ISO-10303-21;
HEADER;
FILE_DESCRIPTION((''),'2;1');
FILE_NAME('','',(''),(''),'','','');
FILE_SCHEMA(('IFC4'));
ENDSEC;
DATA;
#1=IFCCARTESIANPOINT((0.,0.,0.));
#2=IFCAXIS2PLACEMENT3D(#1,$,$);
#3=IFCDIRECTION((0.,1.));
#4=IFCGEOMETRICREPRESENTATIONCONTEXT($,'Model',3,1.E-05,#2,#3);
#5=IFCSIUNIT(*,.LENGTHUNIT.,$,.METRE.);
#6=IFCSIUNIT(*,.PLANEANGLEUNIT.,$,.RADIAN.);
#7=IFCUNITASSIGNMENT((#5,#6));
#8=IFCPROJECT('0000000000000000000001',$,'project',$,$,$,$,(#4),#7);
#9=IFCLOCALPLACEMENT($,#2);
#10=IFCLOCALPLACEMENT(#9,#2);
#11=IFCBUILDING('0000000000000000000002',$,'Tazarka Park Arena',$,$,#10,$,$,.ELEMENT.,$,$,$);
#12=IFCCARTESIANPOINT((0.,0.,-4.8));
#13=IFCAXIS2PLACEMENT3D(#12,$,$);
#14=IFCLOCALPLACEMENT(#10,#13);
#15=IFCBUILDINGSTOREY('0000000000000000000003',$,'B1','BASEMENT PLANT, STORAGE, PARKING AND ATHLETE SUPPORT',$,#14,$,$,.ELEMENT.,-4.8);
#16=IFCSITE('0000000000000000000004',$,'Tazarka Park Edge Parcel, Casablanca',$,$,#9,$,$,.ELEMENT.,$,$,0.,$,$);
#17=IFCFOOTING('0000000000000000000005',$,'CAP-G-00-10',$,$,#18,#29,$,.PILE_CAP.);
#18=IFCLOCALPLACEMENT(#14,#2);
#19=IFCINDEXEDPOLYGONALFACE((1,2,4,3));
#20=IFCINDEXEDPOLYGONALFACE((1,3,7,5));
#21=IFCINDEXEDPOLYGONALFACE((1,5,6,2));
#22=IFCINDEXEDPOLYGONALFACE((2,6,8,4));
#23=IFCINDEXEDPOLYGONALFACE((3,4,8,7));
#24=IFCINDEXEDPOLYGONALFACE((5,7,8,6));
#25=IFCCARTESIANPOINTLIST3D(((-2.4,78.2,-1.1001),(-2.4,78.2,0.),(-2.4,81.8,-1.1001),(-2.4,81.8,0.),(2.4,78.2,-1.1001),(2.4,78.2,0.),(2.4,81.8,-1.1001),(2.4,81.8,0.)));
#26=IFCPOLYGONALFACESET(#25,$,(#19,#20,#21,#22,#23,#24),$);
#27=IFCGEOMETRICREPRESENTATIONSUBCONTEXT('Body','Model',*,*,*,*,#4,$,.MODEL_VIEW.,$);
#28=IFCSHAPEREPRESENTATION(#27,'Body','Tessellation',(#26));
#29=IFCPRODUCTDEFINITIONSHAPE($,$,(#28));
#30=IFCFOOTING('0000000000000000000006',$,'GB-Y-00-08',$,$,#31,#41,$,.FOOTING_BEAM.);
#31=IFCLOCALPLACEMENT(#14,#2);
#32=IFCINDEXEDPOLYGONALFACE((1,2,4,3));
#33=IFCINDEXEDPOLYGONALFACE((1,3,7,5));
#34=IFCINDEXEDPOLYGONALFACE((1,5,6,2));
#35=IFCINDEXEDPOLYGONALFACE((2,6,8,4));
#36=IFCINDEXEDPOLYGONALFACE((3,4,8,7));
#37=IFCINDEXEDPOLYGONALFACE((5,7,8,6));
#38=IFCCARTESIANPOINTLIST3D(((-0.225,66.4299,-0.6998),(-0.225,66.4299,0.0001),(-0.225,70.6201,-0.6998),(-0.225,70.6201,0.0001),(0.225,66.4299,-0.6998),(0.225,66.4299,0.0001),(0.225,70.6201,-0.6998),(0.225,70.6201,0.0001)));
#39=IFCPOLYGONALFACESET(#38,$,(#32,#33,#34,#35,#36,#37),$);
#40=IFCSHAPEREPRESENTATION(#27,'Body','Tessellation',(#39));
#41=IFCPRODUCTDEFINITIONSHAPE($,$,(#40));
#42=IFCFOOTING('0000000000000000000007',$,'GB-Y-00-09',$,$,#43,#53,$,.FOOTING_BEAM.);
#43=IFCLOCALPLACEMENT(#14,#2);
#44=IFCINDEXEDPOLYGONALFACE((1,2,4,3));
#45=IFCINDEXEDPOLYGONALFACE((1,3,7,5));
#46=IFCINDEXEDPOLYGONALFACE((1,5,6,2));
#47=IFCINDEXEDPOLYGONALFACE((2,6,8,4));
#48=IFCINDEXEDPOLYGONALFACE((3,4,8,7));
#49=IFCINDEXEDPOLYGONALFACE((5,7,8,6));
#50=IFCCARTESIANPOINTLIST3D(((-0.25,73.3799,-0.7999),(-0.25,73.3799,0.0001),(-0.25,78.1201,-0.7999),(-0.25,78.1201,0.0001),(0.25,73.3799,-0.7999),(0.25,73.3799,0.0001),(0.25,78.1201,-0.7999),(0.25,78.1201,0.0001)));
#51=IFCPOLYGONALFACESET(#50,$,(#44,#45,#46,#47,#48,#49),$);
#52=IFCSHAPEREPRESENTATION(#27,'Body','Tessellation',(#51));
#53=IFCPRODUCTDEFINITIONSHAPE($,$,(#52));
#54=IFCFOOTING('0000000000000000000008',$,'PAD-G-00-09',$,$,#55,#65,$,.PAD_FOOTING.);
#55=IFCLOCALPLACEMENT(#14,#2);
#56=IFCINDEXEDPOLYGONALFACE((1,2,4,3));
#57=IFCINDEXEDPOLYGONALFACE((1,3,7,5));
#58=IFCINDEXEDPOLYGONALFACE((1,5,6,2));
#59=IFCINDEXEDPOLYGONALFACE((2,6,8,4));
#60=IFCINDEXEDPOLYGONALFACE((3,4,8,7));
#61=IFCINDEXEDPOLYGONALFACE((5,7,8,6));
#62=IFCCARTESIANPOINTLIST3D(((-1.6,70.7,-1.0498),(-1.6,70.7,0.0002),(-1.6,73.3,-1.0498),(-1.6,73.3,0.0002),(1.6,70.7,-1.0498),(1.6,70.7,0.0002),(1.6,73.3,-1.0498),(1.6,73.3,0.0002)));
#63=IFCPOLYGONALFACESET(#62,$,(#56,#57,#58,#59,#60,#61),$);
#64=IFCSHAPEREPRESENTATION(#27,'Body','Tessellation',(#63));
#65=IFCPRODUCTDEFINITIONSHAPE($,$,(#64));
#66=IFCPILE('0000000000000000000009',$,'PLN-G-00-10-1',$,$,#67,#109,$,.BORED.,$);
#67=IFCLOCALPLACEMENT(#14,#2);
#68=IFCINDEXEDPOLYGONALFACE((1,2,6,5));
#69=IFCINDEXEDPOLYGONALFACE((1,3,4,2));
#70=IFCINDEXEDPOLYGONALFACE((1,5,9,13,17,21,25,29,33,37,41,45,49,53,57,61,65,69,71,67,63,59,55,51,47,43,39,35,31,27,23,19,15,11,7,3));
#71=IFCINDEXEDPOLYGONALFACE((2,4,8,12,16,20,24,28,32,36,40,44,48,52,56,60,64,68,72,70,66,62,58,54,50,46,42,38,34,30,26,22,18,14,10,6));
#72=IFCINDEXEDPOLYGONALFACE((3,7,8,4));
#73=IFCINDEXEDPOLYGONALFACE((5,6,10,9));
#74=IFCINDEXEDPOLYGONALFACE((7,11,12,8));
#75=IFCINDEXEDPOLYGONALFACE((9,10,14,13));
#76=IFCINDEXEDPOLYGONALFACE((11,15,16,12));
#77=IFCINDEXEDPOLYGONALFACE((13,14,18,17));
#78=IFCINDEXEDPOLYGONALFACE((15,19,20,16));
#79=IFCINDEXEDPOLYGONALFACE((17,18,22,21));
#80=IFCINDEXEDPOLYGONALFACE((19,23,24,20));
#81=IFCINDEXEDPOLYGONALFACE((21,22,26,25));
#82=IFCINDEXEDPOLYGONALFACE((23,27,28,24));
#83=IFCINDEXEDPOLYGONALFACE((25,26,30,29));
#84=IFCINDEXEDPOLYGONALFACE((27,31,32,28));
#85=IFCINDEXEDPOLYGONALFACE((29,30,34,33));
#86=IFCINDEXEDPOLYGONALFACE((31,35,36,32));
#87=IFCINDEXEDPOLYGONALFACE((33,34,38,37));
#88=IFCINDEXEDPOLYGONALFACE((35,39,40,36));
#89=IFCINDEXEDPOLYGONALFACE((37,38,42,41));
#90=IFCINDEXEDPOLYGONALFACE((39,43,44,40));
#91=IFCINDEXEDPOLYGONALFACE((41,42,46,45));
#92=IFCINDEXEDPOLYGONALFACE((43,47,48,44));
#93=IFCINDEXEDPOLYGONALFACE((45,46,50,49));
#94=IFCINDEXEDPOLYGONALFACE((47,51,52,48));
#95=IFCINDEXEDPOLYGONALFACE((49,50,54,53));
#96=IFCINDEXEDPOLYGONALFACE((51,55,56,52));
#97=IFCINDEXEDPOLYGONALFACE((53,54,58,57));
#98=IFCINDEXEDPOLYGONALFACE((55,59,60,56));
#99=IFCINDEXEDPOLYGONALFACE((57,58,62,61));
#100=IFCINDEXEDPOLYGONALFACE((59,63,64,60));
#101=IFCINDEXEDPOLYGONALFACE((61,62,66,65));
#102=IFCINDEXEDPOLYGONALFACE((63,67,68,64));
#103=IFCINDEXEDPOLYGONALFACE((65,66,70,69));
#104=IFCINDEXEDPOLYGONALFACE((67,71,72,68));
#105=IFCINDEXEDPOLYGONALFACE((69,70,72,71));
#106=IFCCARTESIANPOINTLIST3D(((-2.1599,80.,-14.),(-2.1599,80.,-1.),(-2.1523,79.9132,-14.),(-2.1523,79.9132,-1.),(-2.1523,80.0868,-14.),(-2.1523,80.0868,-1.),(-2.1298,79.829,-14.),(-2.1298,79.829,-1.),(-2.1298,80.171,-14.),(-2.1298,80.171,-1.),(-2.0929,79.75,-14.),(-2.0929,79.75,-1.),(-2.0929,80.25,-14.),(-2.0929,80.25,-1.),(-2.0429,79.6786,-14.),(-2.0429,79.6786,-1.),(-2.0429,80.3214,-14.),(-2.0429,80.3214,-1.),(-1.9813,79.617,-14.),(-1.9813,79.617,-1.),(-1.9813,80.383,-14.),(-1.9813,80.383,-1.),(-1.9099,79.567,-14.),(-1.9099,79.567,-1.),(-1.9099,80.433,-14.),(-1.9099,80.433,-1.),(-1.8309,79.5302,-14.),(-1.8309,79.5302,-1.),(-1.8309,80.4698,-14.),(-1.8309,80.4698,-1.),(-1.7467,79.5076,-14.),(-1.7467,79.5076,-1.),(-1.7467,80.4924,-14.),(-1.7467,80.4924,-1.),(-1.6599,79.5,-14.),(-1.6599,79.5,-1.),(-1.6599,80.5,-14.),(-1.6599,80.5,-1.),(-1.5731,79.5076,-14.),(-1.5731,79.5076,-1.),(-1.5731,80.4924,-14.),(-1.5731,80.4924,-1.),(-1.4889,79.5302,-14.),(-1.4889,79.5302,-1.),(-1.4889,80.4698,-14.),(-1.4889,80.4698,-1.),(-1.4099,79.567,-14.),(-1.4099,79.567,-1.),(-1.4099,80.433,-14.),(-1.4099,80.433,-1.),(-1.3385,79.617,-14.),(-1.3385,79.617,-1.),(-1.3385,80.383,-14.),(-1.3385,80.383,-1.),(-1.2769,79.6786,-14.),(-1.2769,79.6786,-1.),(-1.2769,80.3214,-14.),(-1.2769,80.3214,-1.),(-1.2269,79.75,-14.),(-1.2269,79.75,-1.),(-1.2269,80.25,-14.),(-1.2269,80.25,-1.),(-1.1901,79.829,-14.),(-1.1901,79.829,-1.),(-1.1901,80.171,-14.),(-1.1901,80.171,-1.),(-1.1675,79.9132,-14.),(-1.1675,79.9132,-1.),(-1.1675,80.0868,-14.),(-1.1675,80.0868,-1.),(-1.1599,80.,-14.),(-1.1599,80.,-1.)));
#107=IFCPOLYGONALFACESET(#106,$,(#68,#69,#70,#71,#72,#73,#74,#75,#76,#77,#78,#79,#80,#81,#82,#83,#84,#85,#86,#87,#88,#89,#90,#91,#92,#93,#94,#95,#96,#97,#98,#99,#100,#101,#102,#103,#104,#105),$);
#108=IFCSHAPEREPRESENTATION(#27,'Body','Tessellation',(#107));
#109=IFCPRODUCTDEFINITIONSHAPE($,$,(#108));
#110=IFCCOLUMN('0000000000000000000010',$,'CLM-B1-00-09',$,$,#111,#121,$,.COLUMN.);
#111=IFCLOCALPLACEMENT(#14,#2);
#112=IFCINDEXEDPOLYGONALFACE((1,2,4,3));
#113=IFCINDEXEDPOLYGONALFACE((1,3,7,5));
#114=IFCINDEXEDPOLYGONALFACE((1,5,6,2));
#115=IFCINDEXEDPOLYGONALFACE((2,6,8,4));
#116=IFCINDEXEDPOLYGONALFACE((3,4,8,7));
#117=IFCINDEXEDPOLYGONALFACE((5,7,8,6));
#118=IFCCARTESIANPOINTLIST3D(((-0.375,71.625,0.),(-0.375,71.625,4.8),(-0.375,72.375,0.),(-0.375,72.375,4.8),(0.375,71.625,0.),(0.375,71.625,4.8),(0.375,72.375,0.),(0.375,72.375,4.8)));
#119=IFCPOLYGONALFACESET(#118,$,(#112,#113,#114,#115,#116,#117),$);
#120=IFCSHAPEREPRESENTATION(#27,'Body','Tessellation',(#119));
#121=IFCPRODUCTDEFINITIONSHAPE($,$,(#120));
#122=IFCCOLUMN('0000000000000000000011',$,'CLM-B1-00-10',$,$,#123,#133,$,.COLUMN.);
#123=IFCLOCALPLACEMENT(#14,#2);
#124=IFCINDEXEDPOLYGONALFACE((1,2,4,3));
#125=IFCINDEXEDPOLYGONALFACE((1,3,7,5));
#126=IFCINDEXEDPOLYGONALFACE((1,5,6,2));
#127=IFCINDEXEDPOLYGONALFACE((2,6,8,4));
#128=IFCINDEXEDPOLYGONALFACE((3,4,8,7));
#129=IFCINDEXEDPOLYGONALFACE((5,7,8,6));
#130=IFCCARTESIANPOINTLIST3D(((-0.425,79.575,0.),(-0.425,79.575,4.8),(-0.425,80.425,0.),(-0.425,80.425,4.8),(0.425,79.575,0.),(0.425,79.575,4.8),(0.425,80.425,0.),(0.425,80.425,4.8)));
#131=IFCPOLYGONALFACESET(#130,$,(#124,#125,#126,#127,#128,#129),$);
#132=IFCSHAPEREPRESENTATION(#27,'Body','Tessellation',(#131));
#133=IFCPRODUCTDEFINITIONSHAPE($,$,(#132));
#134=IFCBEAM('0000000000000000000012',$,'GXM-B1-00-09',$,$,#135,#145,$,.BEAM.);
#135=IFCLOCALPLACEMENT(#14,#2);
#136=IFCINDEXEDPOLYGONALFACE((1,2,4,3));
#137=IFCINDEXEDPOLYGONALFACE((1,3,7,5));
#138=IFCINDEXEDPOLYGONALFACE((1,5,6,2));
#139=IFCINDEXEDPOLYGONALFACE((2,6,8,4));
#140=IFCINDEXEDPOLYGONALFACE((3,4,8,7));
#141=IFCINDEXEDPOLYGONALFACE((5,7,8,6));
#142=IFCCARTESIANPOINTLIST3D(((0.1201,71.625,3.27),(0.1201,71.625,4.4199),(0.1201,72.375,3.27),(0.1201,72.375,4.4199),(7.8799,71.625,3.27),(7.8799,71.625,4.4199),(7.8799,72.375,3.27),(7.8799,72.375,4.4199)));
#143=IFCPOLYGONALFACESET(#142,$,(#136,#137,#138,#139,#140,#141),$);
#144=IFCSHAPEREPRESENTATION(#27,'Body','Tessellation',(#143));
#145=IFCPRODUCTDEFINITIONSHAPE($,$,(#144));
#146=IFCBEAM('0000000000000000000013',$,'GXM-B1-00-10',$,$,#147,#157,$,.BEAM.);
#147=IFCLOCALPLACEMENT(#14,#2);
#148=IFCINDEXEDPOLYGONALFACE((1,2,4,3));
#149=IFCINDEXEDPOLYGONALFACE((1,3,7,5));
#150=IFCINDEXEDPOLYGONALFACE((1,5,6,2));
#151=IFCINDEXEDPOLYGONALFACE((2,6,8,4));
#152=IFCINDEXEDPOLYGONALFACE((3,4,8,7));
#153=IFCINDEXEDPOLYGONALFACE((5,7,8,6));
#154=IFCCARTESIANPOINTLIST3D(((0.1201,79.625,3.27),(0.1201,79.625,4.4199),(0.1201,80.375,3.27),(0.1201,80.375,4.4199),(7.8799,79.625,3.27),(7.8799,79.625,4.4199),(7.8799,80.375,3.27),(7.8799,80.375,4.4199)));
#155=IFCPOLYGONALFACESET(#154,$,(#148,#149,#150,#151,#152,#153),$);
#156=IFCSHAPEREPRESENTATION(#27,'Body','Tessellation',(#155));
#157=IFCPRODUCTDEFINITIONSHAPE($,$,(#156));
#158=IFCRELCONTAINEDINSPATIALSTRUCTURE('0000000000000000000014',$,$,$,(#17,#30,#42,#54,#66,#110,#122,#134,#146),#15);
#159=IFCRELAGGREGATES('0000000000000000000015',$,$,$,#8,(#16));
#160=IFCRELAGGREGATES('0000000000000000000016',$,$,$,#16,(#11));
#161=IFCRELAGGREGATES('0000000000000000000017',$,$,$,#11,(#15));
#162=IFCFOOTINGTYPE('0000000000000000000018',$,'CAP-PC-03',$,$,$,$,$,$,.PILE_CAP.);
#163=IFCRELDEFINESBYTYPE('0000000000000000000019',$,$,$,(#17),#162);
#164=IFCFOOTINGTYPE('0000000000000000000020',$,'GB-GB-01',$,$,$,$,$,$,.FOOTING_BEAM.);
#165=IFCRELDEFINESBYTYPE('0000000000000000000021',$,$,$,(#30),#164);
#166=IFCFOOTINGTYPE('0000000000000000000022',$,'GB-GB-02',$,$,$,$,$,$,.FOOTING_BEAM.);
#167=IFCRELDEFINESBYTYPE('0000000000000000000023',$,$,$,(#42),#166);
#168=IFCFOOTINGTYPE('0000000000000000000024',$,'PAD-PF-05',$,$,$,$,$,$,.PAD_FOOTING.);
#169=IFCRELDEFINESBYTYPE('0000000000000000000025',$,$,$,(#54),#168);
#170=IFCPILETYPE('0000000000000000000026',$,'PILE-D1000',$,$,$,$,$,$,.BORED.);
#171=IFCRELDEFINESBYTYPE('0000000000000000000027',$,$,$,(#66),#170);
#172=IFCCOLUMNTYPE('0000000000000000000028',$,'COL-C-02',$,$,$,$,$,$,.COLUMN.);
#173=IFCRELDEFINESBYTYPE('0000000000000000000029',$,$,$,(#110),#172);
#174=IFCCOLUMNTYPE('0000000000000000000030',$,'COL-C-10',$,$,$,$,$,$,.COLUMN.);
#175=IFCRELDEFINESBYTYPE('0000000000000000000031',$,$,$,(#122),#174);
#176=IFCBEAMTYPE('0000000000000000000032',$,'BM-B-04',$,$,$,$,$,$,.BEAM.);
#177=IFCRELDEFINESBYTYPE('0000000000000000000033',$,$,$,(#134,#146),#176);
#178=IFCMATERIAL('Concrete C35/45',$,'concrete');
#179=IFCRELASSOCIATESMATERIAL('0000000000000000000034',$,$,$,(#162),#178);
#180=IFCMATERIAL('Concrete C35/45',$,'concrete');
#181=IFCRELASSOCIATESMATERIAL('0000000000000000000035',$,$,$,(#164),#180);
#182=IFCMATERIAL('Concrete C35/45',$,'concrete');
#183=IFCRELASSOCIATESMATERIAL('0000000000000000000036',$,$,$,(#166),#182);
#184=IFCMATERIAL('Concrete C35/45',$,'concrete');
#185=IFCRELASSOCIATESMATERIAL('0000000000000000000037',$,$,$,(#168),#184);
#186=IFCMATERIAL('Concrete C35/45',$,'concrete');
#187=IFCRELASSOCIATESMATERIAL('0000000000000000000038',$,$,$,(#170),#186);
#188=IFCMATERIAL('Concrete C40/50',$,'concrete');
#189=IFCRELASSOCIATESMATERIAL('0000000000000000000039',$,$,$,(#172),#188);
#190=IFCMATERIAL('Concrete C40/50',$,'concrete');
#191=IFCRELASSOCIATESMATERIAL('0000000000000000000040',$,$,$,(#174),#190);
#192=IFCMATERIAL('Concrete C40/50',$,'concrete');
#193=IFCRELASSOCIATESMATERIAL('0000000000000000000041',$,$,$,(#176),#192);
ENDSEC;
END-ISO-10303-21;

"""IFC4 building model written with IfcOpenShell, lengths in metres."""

from ifc_helpers import new_model, si_unit, direction, frame, origin, origin_2d, place, context, subcontext, project, spatial, rectangle, circle, extrude, material, material_profile, profile_set, type_object, element, save


model = new_model("IFC4")

# Units and contexts
model_context = context("Model", 3, precision=1e-05, world=origin(), true_north=direction((0.0, 1.0)))
body_context = subcontext(model_context, "Body", "Model", "MODEL_VIEW")
ifc_project = project(units=[si_unit("LENGTHUNIT", "METRE"), si_unit("PLANEANGLEUNIT", "RADIAN")], contexts=[model_context])

# Site, building, storey
site_placement = place(None, origin())
site = spatial("IfcSite", under=ifc_project, at=site_placement, Name="Tazarka Park Edge Parcel, Casablanca", CompositionType="ELEMENT", RefElevation=0.0)
building_placement = place(site_placement, origin())
building = spatial("IfcBuilding", under=site, at=building_placement, Name="Tazarka Park Arena", CompositionType="ELEMENT")
storey_placement = place(building_placement, frame((0.0, 0.0, -4.8)))
storey = spatial("IfcBuildingStorey", under=building, at=storey_placement, Name="B1", Description="BASEMENT PLANT, STORAGE, PARKING AND ATHLETE SUPPORT", CompositionType="ELEMENT", Elevation=-4.8)

# Footings
ifc_material_1 = material(Name="Concrete C35/45", Category="concrete")
footing_type_1 = type_object("IfcFootingType", Name="CAP-PC-03", PredefinedType="PILE_CAP", material=ifc_material_1)
footing_1_placement = place(storey_placement, frame((0.0, 80.0, -1.1001), z_axis=(0.0, 0.0, 1.0), x_axis=(1.0, 0.0, 0.0)))
element("IfcFooting", 1, at=footing_1_placement, inside=storey, type_object=footing_type_1, Name="CAP-G-00-10", PredefinedType="PILE_CAP", context=body_context, shape_type="SweptSolid", body=[
    extrude(rectangle(XDim=4.8, YDim=3.6001, at=origin_2d()), origin(), (0.0, 0.0, 1.0), 1.1001),
])
ifc_material_2 = material(Name="Concrete C35/45", Category="concrete")
ifc_material_profile_1 = material_profile(ifc_material_2, rectangle(XDim=0.45, YDim=0.7, at=origin_2d()), Name="Concrete C35/45")
ifc_profile_set_1 = profile_set([ifc_material_profile_1], Name="Concrete C35/45")
footing_type_2 = type_object("IfcFootingType", Name="GB-GB-01", PredefinedType="FOOTING_BEAM", material=ifc_profile_set_1)
footing_2_placement = place(storey_placement, frame((0.0, 66.4299, -0.3499), z_axis=(0.0, 1.0, 0.0), x_axis=(-1.0, 0.0, 0.0)))
element("IfcFooting", 2, at=footing_2_placement, inside=storey, type_object=footing_type_2, Name="GB-Y-00-08", PredefinedType="FOOTING_BEAM", context=body_context, shape_type="SweptSolid", body=[
    extrude(rectangle(XDim=0.45, YDim=0.7, at=origin_2d()), origin(), (0.0, 0.0, 1.0), 4.1902),
])
ifc_material_3 = material(Name="Concrete C35/45", Category="concrete")
ifc_material_profile_2 = material_profile(ifc_material_3, rectangle(XDim=0.5, YDim=0.8, at=origin_2d()), Name="Concrete C35/45")
ifc_profile_set_2 = profile_set([ifc_material_profile_2], Name="Concrete C35/45")
footing_type_3 = type_object("IfcFootingType", Name="GB-GB-02", PredefinedType="FOOTING_BEAM", material=ifc_profile_set_2)
footing_3_placement = place(storey_placement, frame((0.0, 73.3799, -0.3999), z_axis=(0.0, 1.0, 0.0), x_axis=(-1.0, 0.0, 0.0)))
element("IfcFooting", 3, at=footing_3_placement, inside=storey, type_object=footing_type_3, Name="GB-Y-00-09", PredefinedType="FOOTING_BEAM", context=body_context, shape_type="SweptSolid", body=[
    extrude(rectangle(XDim=0.5, YDim=0.8, at=origin_2d()), origin(), (0.0, 0.0, 1.0), 4.7402),
])
ifc_material_4 = material(Name="Concrete C35/45", Category="concrete")
footing_type_4 = type_object("IfcFootingType", Name="PAD-PF-05", PredefinedType="PAD_FOOTING", material=ifc_material_4)
footing_4_placement = place(storey_placement, frame((0.0, 72.0, -1.0498), z_axis=(0.0, 0.0, 1.0), x_axis=(1.0, 0.0, 0.0)))
element("IfcFooting", 4, at=footing_4_placement, inside=storey, type_object=footing_type_4, Name="PAD-G-00-09", PredefinedType="PAD_FOOTING", context=body_context, shape_type="SweptSolid", body=[
    extrude(rectangle(XDim=3.2, YDim=2.6001, at=origin_2d()), origin(), (0.0, 0.0, 1.0), 1.05),
])

# Pile
ifc_material_5 = material(Name="Concrete C35/45", Category="concrete")
ifc_material_profile_3 = material_profile(ifc_material_5, circle(Radius=0.5, at=origin_2d()), Name="Concrete C35/45")
ifc_profile_set_3 = profile_set([ifc_material_profile_3], Name="Concrete C35/45")
pile_type = type_object("IfcPileType", Name="PILE-D1000", PredefinedType="BORED", material=ifc_profile_set_3)
pile_placement = place(storey_placement, frame((-1.6599, 80.0, -1.0), z_axis=(0.0, 0.0, -1.0), x_axis=(1.0, 0.0, 0.0)))
element("IfcPile", 5, at=pile_placement, inside=storey, type_object=pile_type, Name="PLN-G-00-10-1", PredefinedType="BORED", context=body_context, shape_type="SweptSolid", body=[
    extrude(circle(Radius=0.5, at=origin_2d()), origin(), (0.0, 0.0, 1.0), 13.0),
])

# Columns
ifc_material_6 = material(Name="Concrete C40/50", Category="concrete")
ifc_material_profile_4 = material_profile(ifc_material_6, rectangle(XDim=0.75, YDim=0.75, at=origin_2d()), Name="Concrete C40/50")
ifc_profile_set_4 = profile_set([ifc_material_profile_4], Name="Concrete C40/50")
column_type_1 = type_object("IfcColumnType", Name="COL-C-02", PredefinedType="COLUMN", material=ifc_profile_set_4)
column_1_placement = place(storey_placement, frame((0.0, 72.0, 0.0), z_axis=(0.0, 0.0, 1.0), x_axis=(1.0, 0.0, 0.0)))
element("IfcColumn", 6, at=column_1_placement, inside=storey, type_object=column_type_1, Name="CLM-B1-00-09", PredefinedType="COLUMN", context=body_context, shape_type="SweptSolid", body=[
    extrude(rectangle(XDim=0.75, YDim=0.75, at=origin_2d()), origin(), (0.0, 0.0, 1.0), 4.8),
])
ifc_material_7 = material(Name="Concrete C40/50", Category="concrete")
ifc_material_profile_5 = material_profile(ifc_material_7, rectangle(XDim=0.8501, YDim=0.8501, at=origin_2d()), Name="Concrete C40/50")
ifc_profile_set_5 = profile_set([ifc_material_profile_5], Name="Concrete C40/50")
column_type_2 = type_object("IfcColumnType", Name="COL-C-10", PredefinedType="COLUMN", material=ifc_profile_set_5)
column_2_placement = place(storey_placement, frame((0.0, 80.0, 0.0), z_axis=(0.0, 0.0, 1.0), x_axis=(1.0, 0.0, 0.0)))
element("IfcColumn", 7, at=column_2_placement, inside=storey, type_object=column_type_2, Name="CLM-B1-00-10", PredefinedType="COLUMN", context=body_context, shape_type="SweptSolid", body=[
    extrude(rectangle(XDim=0.8501, YDim=0.8501, at=origin_2d()), origin(), (0.0, 0.0, 1.0), 4.8),
])

# Beams
ifc_material_8 = material(Name="Concrete C40/50", Category="concrete")
ifc_material_profile_6 = material_profile(ifc_material_8, rectangle(XDim=0.75, YDim=1.1499, at=origin_2d()), Name="Concrete C40/50")
ifc_profile_set_6 = profile_set([ifc_material_profile_6], Name="Concrete C40/50")
beam_type_1 = type_object("IfcBeamType", Name="BM-B-04", PredefinedType="BEAM", material=ifc_profile_set_6)
for number, where, z_axis, x_axis, name in (
    (8, (0.1201, 72.0, 3.845), (1.0, 0.0, 0.0), (0.0, 1.0, 0.0), "GXM-B1-00-09"),
    (9, (0.1201, 80.0, 3.845), (1.0, 0.0, 0.0), (0.0, 1.0, 0.0), "GXM-B1-00-10"),
):
    element("IfcBeam", number, at=place(storey_placement, frame(where, z_axis=z_axis, x_axis=x_axis)), inside=storey, type_object=beam_type_1, Name=name, PredefinedType="BEAM", context=body_context, shape_type="SweptSolid", body=[
        extrude(rectangle(XDim=0.75, YDim=1.1499, at=origin_2d()), origin(), (0.0, 0.0, 1.0), 7.7598),
    ])

save(model, "model.ifc")
